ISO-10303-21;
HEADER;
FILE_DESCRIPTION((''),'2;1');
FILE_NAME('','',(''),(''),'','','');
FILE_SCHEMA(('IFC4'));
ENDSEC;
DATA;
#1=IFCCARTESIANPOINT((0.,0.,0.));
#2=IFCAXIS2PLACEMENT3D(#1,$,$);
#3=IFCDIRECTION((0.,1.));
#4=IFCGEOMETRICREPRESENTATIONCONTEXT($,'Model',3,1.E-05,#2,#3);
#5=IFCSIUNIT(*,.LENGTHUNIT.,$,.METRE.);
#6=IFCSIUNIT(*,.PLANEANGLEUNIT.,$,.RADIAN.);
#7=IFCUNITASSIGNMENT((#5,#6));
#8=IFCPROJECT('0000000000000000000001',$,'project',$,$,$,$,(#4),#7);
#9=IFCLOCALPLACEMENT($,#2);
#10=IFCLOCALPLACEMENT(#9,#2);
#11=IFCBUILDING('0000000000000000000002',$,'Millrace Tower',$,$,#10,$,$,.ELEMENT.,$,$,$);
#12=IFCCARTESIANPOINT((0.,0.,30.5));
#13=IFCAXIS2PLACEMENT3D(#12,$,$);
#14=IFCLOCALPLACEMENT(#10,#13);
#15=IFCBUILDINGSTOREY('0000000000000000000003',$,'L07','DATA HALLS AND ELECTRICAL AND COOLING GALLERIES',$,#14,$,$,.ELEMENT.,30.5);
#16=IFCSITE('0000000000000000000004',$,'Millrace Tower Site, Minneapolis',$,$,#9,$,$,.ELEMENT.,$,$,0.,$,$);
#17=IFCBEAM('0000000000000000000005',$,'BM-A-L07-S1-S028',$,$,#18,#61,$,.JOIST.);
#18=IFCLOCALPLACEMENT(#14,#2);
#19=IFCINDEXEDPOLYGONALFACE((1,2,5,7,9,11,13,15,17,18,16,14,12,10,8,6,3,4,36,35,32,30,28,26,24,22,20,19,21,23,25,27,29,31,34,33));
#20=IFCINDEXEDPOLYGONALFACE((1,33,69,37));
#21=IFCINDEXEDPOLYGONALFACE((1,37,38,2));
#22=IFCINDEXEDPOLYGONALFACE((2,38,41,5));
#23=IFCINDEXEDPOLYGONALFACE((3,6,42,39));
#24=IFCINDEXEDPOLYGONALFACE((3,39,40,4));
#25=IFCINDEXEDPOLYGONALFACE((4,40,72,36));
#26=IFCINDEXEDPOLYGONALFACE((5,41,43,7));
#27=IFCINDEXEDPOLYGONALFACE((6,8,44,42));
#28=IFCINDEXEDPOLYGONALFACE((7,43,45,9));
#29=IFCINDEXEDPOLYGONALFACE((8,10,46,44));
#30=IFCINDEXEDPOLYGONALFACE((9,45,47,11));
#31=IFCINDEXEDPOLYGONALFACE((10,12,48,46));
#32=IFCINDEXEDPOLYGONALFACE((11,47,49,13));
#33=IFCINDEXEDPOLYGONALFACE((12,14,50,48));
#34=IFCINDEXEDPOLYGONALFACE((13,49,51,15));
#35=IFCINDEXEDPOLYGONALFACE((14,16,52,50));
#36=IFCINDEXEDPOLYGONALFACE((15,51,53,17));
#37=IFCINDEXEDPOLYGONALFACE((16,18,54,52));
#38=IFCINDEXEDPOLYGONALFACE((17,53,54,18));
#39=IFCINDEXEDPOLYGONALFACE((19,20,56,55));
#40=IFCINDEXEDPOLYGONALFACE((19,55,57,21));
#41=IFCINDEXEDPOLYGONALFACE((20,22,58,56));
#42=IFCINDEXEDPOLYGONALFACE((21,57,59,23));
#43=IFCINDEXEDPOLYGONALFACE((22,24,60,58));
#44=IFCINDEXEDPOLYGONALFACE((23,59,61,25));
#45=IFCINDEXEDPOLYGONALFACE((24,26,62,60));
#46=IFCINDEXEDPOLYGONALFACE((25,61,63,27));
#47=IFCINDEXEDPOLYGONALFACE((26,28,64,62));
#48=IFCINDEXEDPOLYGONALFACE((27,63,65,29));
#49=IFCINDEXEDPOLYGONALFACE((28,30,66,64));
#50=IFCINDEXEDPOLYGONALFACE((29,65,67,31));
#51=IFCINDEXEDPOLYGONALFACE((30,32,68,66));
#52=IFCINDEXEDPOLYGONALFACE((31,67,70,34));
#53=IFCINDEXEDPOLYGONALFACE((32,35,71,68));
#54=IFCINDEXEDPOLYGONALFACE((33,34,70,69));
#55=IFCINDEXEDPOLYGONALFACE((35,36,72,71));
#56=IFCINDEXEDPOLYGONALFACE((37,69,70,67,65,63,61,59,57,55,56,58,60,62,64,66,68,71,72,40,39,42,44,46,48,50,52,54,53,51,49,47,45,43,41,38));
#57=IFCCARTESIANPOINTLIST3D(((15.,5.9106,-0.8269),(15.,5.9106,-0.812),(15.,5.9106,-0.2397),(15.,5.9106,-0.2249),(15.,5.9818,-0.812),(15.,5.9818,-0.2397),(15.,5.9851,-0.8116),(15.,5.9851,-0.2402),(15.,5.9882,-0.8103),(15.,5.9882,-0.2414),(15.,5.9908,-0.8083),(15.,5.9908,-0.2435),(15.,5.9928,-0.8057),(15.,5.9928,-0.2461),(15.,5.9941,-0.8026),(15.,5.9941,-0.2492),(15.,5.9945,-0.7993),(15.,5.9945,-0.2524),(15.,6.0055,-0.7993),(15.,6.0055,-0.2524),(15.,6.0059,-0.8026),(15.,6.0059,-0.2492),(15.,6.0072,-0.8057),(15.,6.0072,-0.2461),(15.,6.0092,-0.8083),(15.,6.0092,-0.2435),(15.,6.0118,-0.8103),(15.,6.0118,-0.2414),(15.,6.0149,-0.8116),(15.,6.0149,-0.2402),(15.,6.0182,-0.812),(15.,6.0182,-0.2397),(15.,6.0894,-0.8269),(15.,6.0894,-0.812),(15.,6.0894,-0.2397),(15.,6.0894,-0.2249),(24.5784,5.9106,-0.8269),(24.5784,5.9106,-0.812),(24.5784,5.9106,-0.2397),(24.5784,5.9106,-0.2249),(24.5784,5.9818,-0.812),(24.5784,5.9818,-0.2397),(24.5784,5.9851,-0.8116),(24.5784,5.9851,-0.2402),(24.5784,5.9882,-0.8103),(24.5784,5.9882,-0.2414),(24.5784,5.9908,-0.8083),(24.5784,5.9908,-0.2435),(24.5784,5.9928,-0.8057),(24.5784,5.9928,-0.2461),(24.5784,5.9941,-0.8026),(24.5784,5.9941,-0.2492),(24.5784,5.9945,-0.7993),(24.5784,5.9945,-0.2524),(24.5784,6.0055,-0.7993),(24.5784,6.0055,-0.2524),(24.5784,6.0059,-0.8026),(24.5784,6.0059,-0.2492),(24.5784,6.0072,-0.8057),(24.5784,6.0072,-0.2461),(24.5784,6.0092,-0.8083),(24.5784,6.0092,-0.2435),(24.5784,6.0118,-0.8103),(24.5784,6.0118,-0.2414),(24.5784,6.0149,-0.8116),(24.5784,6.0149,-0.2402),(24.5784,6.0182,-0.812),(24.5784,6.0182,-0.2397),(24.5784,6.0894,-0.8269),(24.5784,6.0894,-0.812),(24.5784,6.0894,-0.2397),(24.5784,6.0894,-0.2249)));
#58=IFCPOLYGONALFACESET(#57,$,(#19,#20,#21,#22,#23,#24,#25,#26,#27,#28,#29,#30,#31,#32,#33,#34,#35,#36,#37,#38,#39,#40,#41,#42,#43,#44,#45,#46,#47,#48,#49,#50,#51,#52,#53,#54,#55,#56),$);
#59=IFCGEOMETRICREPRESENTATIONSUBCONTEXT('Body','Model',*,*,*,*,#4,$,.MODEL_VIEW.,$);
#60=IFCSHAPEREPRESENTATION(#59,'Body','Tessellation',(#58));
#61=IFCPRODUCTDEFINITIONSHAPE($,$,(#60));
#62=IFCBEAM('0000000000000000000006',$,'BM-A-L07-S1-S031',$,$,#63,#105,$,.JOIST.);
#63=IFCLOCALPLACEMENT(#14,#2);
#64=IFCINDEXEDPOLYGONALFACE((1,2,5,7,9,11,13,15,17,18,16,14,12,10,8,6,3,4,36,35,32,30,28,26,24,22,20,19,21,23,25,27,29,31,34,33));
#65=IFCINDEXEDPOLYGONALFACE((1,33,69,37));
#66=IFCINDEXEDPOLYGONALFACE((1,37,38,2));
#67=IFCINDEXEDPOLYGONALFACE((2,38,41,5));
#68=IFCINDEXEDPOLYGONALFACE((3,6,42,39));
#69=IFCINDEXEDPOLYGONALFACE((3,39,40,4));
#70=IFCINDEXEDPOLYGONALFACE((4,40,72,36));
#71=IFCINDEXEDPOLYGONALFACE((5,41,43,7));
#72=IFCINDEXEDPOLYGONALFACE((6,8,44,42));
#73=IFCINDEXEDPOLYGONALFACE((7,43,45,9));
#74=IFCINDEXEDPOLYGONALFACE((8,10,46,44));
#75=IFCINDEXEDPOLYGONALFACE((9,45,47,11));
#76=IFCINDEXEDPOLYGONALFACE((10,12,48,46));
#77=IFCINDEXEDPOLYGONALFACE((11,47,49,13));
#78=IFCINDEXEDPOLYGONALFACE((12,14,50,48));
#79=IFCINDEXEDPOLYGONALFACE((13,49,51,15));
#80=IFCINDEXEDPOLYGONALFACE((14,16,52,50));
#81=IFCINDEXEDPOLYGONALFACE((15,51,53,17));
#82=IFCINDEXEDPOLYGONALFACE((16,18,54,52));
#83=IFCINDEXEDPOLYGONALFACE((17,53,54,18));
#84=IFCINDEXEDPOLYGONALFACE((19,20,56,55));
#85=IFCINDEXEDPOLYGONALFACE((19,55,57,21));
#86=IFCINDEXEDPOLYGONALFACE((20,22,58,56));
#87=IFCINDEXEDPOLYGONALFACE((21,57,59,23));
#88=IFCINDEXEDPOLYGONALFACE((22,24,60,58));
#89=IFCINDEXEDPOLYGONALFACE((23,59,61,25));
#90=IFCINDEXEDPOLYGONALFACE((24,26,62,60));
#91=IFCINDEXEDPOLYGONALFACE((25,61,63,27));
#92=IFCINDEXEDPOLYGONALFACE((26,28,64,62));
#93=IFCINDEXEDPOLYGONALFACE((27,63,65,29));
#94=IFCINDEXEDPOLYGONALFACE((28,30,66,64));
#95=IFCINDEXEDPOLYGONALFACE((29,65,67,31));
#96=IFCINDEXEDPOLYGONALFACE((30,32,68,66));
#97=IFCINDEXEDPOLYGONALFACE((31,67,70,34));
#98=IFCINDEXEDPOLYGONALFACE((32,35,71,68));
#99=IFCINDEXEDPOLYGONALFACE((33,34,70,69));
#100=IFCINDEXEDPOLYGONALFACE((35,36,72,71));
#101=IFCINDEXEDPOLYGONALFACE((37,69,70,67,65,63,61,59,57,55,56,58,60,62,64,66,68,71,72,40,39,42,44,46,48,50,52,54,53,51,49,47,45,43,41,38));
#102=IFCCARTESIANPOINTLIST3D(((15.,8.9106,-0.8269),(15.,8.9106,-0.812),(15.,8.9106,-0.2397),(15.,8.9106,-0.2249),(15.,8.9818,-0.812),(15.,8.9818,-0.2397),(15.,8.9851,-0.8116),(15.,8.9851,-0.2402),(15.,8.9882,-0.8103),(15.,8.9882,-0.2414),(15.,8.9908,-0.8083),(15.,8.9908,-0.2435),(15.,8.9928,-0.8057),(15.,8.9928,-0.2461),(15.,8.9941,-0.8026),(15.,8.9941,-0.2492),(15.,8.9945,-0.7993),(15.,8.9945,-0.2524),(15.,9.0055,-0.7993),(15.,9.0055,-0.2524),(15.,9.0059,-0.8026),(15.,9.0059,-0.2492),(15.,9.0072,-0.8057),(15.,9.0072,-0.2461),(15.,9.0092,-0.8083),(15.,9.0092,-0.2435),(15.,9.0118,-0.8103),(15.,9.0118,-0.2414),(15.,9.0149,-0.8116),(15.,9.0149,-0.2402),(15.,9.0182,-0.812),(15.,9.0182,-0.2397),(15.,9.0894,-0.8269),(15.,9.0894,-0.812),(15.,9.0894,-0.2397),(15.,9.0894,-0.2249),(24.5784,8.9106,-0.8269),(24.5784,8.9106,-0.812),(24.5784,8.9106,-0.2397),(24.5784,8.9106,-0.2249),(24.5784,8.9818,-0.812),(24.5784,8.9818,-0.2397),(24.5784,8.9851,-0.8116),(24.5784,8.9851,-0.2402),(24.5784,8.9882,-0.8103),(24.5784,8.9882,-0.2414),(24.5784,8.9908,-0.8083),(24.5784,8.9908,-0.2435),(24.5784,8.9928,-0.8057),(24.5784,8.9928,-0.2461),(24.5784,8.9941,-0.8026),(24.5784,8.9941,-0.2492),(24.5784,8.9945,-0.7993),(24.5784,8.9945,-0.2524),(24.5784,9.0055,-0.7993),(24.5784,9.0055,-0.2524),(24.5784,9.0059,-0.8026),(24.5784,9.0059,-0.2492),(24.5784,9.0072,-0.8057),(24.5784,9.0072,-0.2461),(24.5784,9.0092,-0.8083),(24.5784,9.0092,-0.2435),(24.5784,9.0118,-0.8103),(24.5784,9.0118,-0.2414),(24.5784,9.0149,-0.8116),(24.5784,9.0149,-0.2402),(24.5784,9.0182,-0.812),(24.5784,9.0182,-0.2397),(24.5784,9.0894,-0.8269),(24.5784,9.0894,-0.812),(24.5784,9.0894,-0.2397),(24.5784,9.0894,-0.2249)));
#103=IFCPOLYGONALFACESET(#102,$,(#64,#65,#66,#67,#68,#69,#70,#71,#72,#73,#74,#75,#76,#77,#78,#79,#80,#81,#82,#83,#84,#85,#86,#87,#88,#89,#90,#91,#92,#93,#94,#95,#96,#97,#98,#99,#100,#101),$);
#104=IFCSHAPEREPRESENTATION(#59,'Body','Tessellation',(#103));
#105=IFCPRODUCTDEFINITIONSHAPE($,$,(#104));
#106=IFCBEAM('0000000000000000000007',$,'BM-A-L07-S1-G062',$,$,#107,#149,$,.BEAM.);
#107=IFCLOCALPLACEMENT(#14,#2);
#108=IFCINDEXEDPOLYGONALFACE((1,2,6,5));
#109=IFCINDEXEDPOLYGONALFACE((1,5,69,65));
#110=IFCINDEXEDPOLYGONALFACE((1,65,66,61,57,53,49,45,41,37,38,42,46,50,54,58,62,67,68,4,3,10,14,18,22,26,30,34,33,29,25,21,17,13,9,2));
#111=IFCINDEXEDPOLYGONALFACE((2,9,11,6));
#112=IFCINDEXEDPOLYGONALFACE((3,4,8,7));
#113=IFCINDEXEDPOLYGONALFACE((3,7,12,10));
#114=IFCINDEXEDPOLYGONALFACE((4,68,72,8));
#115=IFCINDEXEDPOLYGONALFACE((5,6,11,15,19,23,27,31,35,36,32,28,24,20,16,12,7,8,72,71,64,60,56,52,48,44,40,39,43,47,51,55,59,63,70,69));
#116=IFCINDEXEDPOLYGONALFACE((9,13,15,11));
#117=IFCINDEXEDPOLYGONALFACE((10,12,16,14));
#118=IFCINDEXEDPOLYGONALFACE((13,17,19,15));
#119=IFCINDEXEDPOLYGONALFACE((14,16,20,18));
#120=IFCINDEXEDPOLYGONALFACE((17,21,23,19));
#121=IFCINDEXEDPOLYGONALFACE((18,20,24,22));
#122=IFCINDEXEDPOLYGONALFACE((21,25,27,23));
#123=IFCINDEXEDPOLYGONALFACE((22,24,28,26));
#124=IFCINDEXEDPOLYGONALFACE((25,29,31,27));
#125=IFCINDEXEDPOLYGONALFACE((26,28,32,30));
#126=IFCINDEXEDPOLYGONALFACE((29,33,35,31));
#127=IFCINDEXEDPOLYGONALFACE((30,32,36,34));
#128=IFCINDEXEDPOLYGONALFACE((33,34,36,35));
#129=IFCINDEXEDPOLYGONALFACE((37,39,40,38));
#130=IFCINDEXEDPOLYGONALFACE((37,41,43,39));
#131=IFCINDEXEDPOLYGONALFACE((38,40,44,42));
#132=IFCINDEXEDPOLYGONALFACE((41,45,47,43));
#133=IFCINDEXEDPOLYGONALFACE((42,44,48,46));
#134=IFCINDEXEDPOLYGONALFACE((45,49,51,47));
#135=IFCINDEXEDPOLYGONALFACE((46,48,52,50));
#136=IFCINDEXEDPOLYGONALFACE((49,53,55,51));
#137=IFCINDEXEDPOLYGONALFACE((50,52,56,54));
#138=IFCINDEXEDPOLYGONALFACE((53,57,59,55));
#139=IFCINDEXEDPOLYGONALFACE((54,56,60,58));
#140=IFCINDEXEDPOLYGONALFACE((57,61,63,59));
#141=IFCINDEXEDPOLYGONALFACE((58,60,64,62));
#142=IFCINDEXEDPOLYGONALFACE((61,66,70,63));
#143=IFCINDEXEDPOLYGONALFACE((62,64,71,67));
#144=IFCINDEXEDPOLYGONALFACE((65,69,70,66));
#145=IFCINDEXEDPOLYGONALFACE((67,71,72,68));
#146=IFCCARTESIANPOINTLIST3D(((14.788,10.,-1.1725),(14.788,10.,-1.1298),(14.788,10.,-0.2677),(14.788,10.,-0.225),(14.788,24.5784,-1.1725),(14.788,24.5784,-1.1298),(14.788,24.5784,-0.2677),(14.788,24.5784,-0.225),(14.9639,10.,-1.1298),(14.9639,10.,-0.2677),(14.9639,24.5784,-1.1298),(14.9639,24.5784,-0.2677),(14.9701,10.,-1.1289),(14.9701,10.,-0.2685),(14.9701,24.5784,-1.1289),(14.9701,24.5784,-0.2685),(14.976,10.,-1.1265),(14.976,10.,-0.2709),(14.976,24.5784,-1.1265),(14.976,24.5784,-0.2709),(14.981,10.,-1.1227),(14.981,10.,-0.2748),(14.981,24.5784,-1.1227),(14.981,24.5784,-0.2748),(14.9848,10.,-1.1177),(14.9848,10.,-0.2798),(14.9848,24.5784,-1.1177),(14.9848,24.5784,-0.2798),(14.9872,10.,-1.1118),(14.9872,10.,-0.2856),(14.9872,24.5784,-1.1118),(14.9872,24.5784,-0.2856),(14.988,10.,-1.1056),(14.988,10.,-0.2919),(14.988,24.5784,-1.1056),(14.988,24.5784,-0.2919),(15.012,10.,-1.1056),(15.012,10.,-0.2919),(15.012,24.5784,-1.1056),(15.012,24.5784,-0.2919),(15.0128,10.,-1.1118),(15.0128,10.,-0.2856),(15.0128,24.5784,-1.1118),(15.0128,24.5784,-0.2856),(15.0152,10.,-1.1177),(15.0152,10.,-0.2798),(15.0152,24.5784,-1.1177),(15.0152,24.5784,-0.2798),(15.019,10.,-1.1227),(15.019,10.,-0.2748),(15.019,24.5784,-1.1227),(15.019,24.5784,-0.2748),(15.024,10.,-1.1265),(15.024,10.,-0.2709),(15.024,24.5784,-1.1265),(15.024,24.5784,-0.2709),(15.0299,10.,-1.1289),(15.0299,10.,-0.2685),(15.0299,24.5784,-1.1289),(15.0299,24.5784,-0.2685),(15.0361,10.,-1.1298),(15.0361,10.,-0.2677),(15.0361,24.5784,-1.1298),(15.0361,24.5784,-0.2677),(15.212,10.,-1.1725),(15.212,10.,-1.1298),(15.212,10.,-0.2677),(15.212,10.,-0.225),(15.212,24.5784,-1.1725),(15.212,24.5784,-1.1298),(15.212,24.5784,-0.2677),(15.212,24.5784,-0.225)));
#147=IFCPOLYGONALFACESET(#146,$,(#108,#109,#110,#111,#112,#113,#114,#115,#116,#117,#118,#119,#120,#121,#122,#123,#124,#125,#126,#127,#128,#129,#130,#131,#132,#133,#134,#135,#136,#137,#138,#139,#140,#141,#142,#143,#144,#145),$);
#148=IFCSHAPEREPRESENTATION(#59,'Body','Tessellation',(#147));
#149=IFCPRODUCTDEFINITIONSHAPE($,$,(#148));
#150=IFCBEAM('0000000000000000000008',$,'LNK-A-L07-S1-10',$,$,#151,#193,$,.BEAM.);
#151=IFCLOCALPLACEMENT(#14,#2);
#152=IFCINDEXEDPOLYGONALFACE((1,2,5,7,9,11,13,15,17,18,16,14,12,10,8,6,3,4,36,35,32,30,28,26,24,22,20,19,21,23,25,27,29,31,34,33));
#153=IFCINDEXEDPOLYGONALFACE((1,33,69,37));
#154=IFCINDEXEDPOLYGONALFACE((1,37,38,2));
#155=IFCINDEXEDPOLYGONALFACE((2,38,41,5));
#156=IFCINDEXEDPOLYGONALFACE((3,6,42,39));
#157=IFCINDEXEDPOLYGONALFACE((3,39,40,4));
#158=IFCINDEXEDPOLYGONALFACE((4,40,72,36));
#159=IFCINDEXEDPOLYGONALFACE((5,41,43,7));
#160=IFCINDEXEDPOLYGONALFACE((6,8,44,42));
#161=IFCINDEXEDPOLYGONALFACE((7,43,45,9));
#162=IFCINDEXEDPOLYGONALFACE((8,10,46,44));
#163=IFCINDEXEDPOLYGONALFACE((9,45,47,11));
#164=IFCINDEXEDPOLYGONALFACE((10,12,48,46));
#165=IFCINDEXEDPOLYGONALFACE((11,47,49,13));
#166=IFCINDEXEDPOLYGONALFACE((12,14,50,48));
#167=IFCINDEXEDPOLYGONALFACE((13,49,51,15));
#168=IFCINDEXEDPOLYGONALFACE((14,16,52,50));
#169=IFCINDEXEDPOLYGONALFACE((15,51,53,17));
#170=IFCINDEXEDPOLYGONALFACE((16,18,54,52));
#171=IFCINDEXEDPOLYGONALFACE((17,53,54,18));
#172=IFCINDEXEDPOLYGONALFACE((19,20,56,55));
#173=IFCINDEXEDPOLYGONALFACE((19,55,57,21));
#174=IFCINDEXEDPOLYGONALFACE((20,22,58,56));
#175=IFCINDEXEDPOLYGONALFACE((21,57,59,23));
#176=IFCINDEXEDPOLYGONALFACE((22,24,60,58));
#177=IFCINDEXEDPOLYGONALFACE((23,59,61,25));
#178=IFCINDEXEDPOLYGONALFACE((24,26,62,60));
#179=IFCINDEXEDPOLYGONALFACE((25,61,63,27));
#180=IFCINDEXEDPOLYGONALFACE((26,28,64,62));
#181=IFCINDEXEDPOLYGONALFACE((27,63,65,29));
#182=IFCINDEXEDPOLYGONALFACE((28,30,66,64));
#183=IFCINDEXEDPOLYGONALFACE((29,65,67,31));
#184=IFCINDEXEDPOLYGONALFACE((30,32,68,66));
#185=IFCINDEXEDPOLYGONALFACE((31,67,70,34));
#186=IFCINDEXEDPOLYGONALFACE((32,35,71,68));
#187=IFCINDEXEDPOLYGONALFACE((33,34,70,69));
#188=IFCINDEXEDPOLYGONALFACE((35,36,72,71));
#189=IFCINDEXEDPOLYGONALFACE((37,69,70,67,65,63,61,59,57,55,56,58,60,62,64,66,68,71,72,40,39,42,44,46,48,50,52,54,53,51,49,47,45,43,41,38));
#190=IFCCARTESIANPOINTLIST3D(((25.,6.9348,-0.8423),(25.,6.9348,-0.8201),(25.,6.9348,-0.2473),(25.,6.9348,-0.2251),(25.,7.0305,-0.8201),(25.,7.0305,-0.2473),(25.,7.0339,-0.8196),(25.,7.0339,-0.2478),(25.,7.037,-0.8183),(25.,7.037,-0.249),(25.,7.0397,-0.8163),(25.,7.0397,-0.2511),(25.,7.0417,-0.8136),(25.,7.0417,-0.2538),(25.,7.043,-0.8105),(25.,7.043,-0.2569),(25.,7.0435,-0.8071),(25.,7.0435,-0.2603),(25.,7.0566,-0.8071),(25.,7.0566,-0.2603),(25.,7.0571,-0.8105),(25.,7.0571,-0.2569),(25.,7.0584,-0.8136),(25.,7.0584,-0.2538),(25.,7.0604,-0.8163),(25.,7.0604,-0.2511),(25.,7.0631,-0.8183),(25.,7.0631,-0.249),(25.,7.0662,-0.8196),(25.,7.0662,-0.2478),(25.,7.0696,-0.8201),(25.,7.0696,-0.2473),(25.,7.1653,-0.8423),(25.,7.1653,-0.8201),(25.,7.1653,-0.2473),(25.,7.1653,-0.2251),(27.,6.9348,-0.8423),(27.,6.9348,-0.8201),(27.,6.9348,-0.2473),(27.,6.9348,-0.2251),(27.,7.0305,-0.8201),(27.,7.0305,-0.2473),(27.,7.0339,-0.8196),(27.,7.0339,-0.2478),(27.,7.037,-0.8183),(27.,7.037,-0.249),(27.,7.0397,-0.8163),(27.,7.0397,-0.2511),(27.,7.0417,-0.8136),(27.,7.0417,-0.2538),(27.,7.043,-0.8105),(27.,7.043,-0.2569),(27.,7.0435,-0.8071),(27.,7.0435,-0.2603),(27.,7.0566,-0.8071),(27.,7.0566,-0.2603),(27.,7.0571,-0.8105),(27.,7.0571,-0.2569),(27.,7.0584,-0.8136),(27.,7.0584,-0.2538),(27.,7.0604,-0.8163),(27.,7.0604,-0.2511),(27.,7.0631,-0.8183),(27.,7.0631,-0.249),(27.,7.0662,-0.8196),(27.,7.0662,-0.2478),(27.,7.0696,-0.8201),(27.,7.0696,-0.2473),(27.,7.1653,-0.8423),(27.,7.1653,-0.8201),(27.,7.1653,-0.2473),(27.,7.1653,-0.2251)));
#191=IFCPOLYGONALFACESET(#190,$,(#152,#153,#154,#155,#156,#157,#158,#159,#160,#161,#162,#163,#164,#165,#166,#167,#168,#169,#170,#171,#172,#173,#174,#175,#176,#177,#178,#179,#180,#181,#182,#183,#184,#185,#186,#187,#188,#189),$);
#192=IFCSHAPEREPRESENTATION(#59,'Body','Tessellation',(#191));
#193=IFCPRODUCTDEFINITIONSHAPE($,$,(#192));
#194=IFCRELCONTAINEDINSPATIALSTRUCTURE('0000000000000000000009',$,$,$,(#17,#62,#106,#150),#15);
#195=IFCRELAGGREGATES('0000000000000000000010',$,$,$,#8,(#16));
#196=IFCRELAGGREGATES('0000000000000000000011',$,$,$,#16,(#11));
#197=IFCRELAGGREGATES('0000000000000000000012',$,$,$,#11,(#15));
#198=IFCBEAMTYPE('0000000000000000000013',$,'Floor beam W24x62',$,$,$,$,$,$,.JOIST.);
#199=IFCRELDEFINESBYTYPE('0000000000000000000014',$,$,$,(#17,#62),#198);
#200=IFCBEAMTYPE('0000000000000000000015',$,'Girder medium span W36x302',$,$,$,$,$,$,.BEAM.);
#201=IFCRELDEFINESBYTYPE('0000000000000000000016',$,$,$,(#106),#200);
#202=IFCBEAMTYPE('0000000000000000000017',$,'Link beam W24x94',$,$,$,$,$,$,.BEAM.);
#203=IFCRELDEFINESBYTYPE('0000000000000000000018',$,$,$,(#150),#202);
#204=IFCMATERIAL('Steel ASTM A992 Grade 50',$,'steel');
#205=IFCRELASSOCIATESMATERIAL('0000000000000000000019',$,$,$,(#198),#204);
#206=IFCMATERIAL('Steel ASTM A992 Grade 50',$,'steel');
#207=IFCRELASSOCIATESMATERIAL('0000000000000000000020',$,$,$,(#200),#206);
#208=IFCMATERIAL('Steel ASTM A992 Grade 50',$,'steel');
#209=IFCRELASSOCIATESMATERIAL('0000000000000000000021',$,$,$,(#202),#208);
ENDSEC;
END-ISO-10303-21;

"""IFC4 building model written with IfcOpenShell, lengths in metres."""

from ifc_helpers import new_model, si_unit, direction, frame, origin, origin_2d, place, context, subcontext, project, spatial, i_section, extrude, material, material_profile, profile_set, type_object, element, save


model = new_model("IFC4")

# Units and contexts
model_context = context("Model", 3, precision=1e-05, world=origin(), true_north=direction((0.0, 1.0)))
body_context = subcontext(model_context, "Body", "Model", "MODEL_VIEW")
ifc_project = project(units=[si_unit("LENGTHUNIT", "METRE"), si_unit("PLANEANGLEUNIT", "RADIAN")], contexts=[model_context])

# Site, building, storey
site_placement = place(None, origin())
site = spatial("IfcSite", under=ifc_project, at=site_placement, Name="Millrace Tower Site, Minneapolis", CompositionType="ELEMENT", RefElevation=0.0)
building_placement = place(site_placement, origin())
building = spatial("IfcBuilding", under=site, at=building_placement, Name="Millrace Tower", CompositionType="ELEMENT")
storey_placement = place(building_placement, frame((0.0, 0.0, 30.5)))
storey = spatial("IfcBuildingStorey", under=building, at=storey_placement, Name="L07", Description="DATA HALLS AND ELECTRICAL AND COOLING GALLERIES", CompositionType="ELEMENT", Elevation=30.5)

# Beams
ifc_material_1 = material(Name="Steel ASTM A992 Grade 50", Category="steel")
ifc_material_profile_1 = material_profile(ifc_material_1, i_section(OverallWidth=0.1787, OverallDepth=0.6021, WebThickness=0.011, FlangeThickness=0.0149, FilletRadius=0.0127, at=origin_2d()))
ifc_profile_set_1 = profile_set([ifc_material_profile_1], Name="Steel ASTM A992 Grade 50")
beam_type_1 = type_object("IfcBeamType", Name="Floor beam W24x62", PredefinedType="JOIST", material=ifc_profile_set_1)
for number, where, z_axis, x_axis, name in (
    (1, (15.0, 6.0, -0.5259), (1.0, 0.0, 0.0), (0.0, 1.0, 0.0), "BM-A-L07-S1-S028"),
    (2, (15.0, 9.0, -0.5259), (1.0, 0.0, 0.0), (0.0, 1.0, 0.0), "BM-A-L07-S1-S031"),
):
    element("IfcBeam", number, at=place(storey_placement, frame(where, z_axis=z_axis, x_axis=x_axis)), inside=storey, type_object=beam_type_1, Name=name, PredefinedType="JOIST", context=body_context, shape_type="SweptSolid", body=[
        extrude(i_section(OverallWidth=0.1787, OverallDepth=0.6021, WebThickness=0.011, FlangeThickness=0.0149, FilletRadius=0.0127, at=origin_2d()), origin(), (0.0, 0.0, 1.0), 9.5784),
    ])
ifc_material_2 = material(Name="Steel ASTM A992 Grade 50", Category="steel")
ifc_material_profile_2 = material_profile(ifc_material_2, i_section(OverallWidth=0.4241, OverallDepth=0.9475, WebThickness=0.0239, FlangeThickness=0.0427, FilletRadius=0.0242, at=origin_2d()))
ifc_profile_set_2 = profile_set([ifc_material_profile_2], Name="Steel ASTM A992 Grade 50")
beam_type_2 = type_object("IfcBeamType", Name="Girder medium span W36x302", PredefinedType="BEAM", material=ifc_profile_set_2)
beam_1_placement = place(storey_placement, frame((15.0, 10.0, -0.6987), z_axis=(0.0, 1.0, 0.0), x_axis=(-1.0, 0.0, 0.0)))
element("IfcBeam", 3, at=beam_1_placement, inside=storey, type_object=beam_type_2, Name="BM-A-L07-S1-G062", PredefinedType="BEAM", context=body_context, shape_type="SweptSolid", body=[
    extrude(i_section(OverallWidth=0.4241, OverallDepth=0.9475, WebThickness=0.0239, FlangeThickness=0.0427, FilletRadius=0.0242, at=origin_2d()), origin(), (0.0, 0.0, 1.0), 14.5784),
])
ifc_material_3 = material(Name="Steel ASTM A992 Grade 50", Category="steel")
ifc_material_profile_3 = material_profile(ifc_material_3, i_section(OverallWidth=0.2305, OverallDepth=0.6172, WebThickness=0.0132, FlangeThickness=0.0222, FilletRadius=0.0129, at=origin_2d()))
ifc_profile_set_3 = profile_set([ifc_material_profile_3], Name="Steel ASTM A992 Grade 50")
beam_type_3 = type_object("IfcBeamType", Name="Link beam W24x94", PredefinedType="BEAM", material=ifc_profile_set_3)
beam_2_placement = place(storey_placement, frame((25.0, 7.05, -0.5337), z_axis=(1.0, 0.0, 0.0), x_axis=(0.0, 1.0, 0.0)))
element("IfcBeam", 4, at=beam_2_placement, inside=storey, type_object=beam_type_3, Name="LNK-A-L07-S1-10", PredefinedType="BEAM", context=body_context, shape_type="SweptSolid", body=[
    extrude(i_section(OverallWidth=0.2305, OverallDepth=0.6172, WebThickness=0.0132, FlangeThickness=0.0222, FilletRadius=0.0129, at=origin_2d()), origin(), (0.0, 0.0, 1.0), 2.0),
])

save(model, "model.ifc")
